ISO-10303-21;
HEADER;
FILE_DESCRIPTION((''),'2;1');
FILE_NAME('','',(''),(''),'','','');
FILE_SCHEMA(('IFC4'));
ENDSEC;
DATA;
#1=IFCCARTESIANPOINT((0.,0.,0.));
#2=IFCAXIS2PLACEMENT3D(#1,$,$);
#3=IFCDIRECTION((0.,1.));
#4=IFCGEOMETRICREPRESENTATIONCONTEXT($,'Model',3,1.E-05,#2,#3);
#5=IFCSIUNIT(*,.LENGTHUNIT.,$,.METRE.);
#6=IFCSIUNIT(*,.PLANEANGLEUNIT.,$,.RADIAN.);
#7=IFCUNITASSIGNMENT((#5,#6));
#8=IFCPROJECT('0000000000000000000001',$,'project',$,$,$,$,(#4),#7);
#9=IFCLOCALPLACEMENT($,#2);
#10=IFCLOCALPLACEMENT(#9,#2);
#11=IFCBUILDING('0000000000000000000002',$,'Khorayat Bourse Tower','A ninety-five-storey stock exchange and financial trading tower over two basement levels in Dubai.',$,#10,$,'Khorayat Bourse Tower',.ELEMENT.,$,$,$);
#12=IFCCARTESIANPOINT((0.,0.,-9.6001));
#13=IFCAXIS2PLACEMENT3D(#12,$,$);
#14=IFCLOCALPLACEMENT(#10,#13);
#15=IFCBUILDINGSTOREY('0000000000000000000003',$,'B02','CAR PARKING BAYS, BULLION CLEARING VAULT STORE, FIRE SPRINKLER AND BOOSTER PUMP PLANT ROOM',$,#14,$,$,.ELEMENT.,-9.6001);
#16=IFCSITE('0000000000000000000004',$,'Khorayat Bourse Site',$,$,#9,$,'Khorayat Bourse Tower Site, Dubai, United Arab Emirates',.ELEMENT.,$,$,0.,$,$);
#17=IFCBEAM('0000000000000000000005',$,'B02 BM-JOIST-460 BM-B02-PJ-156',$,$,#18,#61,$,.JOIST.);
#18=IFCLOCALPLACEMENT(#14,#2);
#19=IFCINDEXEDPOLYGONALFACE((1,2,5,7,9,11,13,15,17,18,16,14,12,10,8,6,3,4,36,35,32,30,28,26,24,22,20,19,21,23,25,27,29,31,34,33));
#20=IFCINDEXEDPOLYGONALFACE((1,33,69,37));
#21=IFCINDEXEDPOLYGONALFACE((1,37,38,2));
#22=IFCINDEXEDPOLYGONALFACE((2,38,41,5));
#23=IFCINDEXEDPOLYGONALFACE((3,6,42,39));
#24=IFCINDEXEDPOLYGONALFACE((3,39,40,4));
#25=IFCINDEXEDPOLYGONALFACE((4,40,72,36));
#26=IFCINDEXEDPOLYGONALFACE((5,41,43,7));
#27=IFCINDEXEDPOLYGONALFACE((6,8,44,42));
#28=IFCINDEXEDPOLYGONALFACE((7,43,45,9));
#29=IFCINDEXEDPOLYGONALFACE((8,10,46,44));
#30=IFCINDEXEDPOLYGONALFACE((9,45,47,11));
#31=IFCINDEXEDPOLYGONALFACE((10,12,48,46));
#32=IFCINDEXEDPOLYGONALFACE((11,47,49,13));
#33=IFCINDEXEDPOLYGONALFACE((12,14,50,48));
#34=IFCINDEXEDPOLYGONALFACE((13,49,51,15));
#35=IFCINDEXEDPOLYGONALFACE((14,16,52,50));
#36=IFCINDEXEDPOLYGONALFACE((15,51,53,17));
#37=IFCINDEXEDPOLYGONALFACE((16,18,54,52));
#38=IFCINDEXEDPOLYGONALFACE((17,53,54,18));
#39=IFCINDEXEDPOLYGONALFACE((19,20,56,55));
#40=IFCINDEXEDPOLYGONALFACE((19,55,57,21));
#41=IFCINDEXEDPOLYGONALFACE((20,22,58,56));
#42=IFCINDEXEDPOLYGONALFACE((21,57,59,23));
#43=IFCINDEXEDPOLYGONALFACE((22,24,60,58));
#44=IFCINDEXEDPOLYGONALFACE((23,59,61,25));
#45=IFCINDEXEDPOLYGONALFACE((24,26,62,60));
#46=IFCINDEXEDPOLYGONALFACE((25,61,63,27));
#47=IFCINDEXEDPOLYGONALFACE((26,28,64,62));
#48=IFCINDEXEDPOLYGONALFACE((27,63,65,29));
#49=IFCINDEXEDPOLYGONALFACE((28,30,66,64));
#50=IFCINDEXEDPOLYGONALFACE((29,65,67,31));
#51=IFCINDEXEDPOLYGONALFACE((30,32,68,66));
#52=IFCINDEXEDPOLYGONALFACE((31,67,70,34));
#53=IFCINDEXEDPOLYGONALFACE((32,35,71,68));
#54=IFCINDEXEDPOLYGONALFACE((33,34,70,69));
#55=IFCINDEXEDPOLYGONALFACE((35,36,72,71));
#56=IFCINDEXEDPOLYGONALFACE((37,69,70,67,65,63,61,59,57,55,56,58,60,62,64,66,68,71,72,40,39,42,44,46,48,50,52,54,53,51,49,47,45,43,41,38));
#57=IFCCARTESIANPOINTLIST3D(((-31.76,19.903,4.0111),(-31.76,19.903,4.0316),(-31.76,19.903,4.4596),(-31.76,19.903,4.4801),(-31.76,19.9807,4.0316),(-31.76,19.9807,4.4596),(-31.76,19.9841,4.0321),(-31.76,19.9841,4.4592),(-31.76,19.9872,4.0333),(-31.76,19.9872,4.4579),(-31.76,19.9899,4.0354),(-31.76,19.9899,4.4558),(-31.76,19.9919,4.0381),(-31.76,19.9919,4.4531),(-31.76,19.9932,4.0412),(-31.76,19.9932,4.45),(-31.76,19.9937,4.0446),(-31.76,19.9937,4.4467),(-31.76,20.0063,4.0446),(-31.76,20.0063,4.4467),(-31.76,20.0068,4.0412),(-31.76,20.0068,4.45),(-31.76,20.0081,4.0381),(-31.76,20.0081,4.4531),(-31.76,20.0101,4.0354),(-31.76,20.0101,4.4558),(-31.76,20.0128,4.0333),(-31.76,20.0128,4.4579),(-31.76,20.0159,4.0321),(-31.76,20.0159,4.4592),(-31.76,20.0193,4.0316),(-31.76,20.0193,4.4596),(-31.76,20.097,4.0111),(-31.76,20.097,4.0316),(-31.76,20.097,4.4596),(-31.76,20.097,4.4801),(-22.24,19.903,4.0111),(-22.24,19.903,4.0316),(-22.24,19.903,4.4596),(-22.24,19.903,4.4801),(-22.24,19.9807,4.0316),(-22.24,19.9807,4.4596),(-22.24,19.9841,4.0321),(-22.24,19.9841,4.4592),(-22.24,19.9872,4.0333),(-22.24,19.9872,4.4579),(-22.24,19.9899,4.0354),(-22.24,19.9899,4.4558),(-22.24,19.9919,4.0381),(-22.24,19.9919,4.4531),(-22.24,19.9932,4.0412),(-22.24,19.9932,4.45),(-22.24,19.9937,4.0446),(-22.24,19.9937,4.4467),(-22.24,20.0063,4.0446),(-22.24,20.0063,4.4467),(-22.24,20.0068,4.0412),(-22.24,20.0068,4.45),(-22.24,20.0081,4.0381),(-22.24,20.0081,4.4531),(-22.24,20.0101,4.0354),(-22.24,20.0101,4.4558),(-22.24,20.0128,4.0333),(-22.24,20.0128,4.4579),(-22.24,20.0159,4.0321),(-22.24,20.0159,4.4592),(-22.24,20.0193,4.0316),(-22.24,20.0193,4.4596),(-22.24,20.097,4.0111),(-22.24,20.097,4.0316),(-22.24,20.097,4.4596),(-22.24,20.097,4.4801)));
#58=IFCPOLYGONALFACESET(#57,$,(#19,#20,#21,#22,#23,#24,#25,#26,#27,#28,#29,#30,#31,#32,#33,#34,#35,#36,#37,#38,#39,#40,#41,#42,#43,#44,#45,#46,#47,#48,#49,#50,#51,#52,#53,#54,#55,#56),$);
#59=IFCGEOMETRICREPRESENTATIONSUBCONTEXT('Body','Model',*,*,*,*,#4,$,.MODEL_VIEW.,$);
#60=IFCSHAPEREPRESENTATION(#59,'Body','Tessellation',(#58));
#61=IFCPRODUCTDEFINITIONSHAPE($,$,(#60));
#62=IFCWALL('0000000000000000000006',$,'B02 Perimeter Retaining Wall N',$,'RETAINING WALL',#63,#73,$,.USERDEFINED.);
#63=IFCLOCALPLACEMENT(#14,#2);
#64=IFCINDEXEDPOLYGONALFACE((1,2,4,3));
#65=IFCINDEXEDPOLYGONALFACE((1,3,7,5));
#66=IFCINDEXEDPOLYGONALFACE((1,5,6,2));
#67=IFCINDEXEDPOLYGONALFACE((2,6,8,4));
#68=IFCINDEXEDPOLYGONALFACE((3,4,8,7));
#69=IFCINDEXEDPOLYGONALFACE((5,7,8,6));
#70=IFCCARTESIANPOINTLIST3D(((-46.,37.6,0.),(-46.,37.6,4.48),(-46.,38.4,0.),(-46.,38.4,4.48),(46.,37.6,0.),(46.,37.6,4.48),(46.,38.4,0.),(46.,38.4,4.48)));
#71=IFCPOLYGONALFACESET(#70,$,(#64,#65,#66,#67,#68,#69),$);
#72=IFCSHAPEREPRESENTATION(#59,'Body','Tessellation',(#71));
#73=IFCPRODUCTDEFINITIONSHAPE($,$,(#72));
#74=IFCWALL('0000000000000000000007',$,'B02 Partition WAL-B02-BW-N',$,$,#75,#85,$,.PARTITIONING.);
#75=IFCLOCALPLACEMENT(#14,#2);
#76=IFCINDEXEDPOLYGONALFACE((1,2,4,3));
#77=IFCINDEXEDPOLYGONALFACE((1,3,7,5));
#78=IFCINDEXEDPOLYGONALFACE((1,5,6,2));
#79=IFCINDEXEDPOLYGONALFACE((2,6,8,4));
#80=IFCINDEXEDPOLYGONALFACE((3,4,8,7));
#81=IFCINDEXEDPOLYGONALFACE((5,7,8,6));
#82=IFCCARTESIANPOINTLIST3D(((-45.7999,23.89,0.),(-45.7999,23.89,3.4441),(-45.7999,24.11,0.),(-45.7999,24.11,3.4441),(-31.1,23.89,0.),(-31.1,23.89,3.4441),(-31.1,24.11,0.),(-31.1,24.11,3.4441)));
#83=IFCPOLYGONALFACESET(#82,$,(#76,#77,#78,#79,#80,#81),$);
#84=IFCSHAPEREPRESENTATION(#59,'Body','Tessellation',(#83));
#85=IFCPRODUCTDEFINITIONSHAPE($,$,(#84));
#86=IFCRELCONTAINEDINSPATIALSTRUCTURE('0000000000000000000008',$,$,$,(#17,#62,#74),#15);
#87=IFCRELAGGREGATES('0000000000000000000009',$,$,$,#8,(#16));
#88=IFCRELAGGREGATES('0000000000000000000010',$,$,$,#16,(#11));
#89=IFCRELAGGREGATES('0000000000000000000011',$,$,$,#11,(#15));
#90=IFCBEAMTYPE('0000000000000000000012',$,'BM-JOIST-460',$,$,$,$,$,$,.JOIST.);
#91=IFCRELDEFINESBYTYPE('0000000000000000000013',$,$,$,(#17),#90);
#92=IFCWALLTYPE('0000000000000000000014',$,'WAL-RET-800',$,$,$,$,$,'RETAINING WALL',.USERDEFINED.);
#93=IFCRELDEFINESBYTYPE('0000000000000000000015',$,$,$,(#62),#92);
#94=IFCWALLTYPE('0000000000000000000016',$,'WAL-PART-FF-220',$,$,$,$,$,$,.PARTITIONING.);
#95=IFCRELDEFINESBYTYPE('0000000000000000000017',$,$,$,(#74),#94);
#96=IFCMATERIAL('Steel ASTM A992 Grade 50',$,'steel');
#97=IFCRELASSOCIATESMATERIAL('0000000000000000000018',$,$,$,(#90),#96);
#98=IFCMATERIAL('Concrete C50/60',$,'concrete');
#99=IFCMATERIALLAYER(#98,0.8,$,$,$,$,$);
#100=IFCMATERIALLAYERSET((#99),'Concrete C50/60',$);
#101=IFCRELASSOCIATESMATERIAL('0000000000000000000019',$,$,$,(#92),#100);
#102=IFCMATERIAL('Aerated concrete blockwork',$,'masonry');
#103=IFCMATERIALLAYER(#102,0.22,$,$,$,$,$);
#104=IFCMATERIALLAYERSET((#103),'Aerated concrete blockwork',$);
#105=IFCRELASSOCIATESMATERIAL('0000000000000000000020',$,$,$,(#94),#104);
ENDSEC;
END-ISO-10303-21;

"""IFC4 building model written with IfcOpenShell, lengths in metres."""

from ifc_helpers import new_model, si_unit, direction, frame, frame_2d, origin, origin_2d, place, context, subcontext, project, spatial, rectangle, i_section, extrude, source, transform, mapped, material, layer, layer_set, material_profile, profile_set, type_object, element, save


model = new_model("IFC4")

# Units and contexts
model_context = context("Model", 3, precision=1e-05, world=origin(), true_north=direction((0.0, 1.0)))
body_context = subcontext(model_context, "Body", "Model", "MODEL_VIEW")
ifc_project = project(units=[si_unit("LENGTHUNIT", "METRE"), si_unit("PLANEANGLEUNIT", "RADIAN")], contexts=[model_context])

# Site, building, storey
site_placement = place(None, origin())
site = spatial("IfcSite", under=ifc_project, at=site_placement, Name="Khorayat Bourse Site", LongName="Khorayat Bourse Tower Site, Dubai, United Arab Emirates", CompositionType="ELEMENT", RefElevation=0.0)
building_placement = place(site_placement, origin())
building = spatial("IfcBuilding", under=site, at=building_placement, Name="Khorayat Bourse Tower", Description="A ninety-five-storey stock exchange and financial trading tower over two basement levels in Dubai.", LongName="Khorayat Bourse Tower", CompositionType="ELEMENT")
storey_placement = place(building_placement, frame((0.0, 0.0, -9.6001)))
storey = spatial("IfcBuildingStorey", under=building, at=storey_placement, Name="B02", Description="CAR PARKING BAYS, BULLION CLEARING VAULT STORE, FIRE SPRINKLER AND BOOSTER PUMP PLANT ROOM", CompositionType="ELEMENT", Elevation=-9.6001)

# Shared definitions
ifc_material_1 = material(Name="Concrete C50/60", Category="concrete")

# Beam
ifc_material_2 = material(Name="Steel ASTM A992 Grade 50", Category="steel")
ifc_material_profile_1 = material_profile(ifc_material_2, i_section(OverallWidth=0.1941, OverallDepth=0.469, WebThickness=0.0127, FlangeThickness=0.0205, FilletRadius=0.0129, at=origin_2d()), Name="W460X106")
ifc_profile_set_1 = profile_set([ifc_material_profile_1], Name="Steel ASTM A992 Grade 50")
beam_type_1 = type_object("IfcBeamType", Name="BM-JOIST-460", PredefinedType="JOIST", material=ifc_profile_set_1)
shared_shape_1 = source(origin(), body_context, "Body", "SweptSolid", [
    extrude(i_section(OverallWidth=0.1941, OverallDepth=0.469, WebThickness=0.0127, FlangeThickness=0.0205, FilletRadius=0.0129, at=origin_2d()), origin(), (0.0, 0.0, 1.0), 9.52),
])
for number, where, z_axis, x_axis, name in (
    (1, (-31.76, 20.0, 4.2456), (1.0, 0.0, 0.0), (0.0, 1.0, 0.0), "B02 BM-JOIST-460 BM-B02-PJ-156"),
):
    element("IfcBeam", number, at=place(storey_placement, frame(where, z_axis=z_axis, x_axis=x_axis)), inside=storey, type_object=beam_type_1, Name=name, PredefinedType="JOIST", context=body_context, shape_type="MappedRepresentation", body=[
        mapped(shared_shape_1, transform((0.0, 0.0, 0.0), scale=1.0)),
    ])

# Walls
ifc_layer_1 = layer(ifc_material_1, 0.8)
ifc_layer_set_1 = layer_set([ifc_layer_1], Name="Concrete C50/60")
wall_type_1 = type_object("IfcWallType", Name="WAL-RET-800", ElementType="RETAINING WALL", PredefinedType="USERDEFINED", material=ifc_layer_set_1)
shared_shape_2 = source(origin(), body_context, "Body", "SweptSolid", [
    extrude(rectangle(XDim=92.0, YDim=0.8, at=frame_2d((46.0, 0.0))), origin(), (0.0, 0.0, 1.0), 4.48),
])
wall_1_placement = place(storey_placement, frame((-46.0, 38.0, 0.0), z_axis=(0.0, 0.0, 1.0), x_axis=(1.0, 0.0, 0.0)))
element("IfcWall", 2, at=wall_1_placement, inside=storey, type_object=wall_type_1, Name="B02 Perimeter Retaining Wall N", ObjectType="RETAINING WALL", PredefinedType="USERDEFINED", context=body_context, shape_type="MappedRepresentation", body=[
    mapped(shared_shape_2, transform((0.0, 0.0, 0.0), scale=1.0)),
])
ifc_material_3 = material(Name="Aerated concrete blockwork", Category="masonry")
ifc_layer_2 = layer(ifc_material_3, 0.22)
ifc_layer_set_2 = layer_set([ifc_layer_2], Name="Aerated concrete blockwork")
wall_type_2 = type_object("IfcWallType", Name="WAL-PART-FF-220", PredefinedType="PARTITIONING", material=ifc_layer_set_2)
shared_shape_3 = source(origin(), body_context, "Body", "SweptSolid", [
    extrude(rectangle(XDim=14.7, YDim=0.22, at=frame_2d((7.3501, 0.0))), origin(), (0.0, 0.0, 1.0), 3.4441),
])
wall_2_placement = place(storey_placement, frame((-45.8, 24.0, 0.0), z_axis=(0.0, 0.0, 1.0), x_axis=(1.0, 0.0, 0.0)))
element("IfcWall", 3, at=wall_2_placement, inside=storey, type_object=wall_type_2, Name="B02 Partition WAL-B02-BW-N", PredefinedType="PARTITIONING", context=body_context, shape_type="MappedRepresentation", body=[
    mapped(shared_shape_3, transform((0.0, 0.0, 0.0), scale=1.0)),
])

save(model, "model.ifc")
